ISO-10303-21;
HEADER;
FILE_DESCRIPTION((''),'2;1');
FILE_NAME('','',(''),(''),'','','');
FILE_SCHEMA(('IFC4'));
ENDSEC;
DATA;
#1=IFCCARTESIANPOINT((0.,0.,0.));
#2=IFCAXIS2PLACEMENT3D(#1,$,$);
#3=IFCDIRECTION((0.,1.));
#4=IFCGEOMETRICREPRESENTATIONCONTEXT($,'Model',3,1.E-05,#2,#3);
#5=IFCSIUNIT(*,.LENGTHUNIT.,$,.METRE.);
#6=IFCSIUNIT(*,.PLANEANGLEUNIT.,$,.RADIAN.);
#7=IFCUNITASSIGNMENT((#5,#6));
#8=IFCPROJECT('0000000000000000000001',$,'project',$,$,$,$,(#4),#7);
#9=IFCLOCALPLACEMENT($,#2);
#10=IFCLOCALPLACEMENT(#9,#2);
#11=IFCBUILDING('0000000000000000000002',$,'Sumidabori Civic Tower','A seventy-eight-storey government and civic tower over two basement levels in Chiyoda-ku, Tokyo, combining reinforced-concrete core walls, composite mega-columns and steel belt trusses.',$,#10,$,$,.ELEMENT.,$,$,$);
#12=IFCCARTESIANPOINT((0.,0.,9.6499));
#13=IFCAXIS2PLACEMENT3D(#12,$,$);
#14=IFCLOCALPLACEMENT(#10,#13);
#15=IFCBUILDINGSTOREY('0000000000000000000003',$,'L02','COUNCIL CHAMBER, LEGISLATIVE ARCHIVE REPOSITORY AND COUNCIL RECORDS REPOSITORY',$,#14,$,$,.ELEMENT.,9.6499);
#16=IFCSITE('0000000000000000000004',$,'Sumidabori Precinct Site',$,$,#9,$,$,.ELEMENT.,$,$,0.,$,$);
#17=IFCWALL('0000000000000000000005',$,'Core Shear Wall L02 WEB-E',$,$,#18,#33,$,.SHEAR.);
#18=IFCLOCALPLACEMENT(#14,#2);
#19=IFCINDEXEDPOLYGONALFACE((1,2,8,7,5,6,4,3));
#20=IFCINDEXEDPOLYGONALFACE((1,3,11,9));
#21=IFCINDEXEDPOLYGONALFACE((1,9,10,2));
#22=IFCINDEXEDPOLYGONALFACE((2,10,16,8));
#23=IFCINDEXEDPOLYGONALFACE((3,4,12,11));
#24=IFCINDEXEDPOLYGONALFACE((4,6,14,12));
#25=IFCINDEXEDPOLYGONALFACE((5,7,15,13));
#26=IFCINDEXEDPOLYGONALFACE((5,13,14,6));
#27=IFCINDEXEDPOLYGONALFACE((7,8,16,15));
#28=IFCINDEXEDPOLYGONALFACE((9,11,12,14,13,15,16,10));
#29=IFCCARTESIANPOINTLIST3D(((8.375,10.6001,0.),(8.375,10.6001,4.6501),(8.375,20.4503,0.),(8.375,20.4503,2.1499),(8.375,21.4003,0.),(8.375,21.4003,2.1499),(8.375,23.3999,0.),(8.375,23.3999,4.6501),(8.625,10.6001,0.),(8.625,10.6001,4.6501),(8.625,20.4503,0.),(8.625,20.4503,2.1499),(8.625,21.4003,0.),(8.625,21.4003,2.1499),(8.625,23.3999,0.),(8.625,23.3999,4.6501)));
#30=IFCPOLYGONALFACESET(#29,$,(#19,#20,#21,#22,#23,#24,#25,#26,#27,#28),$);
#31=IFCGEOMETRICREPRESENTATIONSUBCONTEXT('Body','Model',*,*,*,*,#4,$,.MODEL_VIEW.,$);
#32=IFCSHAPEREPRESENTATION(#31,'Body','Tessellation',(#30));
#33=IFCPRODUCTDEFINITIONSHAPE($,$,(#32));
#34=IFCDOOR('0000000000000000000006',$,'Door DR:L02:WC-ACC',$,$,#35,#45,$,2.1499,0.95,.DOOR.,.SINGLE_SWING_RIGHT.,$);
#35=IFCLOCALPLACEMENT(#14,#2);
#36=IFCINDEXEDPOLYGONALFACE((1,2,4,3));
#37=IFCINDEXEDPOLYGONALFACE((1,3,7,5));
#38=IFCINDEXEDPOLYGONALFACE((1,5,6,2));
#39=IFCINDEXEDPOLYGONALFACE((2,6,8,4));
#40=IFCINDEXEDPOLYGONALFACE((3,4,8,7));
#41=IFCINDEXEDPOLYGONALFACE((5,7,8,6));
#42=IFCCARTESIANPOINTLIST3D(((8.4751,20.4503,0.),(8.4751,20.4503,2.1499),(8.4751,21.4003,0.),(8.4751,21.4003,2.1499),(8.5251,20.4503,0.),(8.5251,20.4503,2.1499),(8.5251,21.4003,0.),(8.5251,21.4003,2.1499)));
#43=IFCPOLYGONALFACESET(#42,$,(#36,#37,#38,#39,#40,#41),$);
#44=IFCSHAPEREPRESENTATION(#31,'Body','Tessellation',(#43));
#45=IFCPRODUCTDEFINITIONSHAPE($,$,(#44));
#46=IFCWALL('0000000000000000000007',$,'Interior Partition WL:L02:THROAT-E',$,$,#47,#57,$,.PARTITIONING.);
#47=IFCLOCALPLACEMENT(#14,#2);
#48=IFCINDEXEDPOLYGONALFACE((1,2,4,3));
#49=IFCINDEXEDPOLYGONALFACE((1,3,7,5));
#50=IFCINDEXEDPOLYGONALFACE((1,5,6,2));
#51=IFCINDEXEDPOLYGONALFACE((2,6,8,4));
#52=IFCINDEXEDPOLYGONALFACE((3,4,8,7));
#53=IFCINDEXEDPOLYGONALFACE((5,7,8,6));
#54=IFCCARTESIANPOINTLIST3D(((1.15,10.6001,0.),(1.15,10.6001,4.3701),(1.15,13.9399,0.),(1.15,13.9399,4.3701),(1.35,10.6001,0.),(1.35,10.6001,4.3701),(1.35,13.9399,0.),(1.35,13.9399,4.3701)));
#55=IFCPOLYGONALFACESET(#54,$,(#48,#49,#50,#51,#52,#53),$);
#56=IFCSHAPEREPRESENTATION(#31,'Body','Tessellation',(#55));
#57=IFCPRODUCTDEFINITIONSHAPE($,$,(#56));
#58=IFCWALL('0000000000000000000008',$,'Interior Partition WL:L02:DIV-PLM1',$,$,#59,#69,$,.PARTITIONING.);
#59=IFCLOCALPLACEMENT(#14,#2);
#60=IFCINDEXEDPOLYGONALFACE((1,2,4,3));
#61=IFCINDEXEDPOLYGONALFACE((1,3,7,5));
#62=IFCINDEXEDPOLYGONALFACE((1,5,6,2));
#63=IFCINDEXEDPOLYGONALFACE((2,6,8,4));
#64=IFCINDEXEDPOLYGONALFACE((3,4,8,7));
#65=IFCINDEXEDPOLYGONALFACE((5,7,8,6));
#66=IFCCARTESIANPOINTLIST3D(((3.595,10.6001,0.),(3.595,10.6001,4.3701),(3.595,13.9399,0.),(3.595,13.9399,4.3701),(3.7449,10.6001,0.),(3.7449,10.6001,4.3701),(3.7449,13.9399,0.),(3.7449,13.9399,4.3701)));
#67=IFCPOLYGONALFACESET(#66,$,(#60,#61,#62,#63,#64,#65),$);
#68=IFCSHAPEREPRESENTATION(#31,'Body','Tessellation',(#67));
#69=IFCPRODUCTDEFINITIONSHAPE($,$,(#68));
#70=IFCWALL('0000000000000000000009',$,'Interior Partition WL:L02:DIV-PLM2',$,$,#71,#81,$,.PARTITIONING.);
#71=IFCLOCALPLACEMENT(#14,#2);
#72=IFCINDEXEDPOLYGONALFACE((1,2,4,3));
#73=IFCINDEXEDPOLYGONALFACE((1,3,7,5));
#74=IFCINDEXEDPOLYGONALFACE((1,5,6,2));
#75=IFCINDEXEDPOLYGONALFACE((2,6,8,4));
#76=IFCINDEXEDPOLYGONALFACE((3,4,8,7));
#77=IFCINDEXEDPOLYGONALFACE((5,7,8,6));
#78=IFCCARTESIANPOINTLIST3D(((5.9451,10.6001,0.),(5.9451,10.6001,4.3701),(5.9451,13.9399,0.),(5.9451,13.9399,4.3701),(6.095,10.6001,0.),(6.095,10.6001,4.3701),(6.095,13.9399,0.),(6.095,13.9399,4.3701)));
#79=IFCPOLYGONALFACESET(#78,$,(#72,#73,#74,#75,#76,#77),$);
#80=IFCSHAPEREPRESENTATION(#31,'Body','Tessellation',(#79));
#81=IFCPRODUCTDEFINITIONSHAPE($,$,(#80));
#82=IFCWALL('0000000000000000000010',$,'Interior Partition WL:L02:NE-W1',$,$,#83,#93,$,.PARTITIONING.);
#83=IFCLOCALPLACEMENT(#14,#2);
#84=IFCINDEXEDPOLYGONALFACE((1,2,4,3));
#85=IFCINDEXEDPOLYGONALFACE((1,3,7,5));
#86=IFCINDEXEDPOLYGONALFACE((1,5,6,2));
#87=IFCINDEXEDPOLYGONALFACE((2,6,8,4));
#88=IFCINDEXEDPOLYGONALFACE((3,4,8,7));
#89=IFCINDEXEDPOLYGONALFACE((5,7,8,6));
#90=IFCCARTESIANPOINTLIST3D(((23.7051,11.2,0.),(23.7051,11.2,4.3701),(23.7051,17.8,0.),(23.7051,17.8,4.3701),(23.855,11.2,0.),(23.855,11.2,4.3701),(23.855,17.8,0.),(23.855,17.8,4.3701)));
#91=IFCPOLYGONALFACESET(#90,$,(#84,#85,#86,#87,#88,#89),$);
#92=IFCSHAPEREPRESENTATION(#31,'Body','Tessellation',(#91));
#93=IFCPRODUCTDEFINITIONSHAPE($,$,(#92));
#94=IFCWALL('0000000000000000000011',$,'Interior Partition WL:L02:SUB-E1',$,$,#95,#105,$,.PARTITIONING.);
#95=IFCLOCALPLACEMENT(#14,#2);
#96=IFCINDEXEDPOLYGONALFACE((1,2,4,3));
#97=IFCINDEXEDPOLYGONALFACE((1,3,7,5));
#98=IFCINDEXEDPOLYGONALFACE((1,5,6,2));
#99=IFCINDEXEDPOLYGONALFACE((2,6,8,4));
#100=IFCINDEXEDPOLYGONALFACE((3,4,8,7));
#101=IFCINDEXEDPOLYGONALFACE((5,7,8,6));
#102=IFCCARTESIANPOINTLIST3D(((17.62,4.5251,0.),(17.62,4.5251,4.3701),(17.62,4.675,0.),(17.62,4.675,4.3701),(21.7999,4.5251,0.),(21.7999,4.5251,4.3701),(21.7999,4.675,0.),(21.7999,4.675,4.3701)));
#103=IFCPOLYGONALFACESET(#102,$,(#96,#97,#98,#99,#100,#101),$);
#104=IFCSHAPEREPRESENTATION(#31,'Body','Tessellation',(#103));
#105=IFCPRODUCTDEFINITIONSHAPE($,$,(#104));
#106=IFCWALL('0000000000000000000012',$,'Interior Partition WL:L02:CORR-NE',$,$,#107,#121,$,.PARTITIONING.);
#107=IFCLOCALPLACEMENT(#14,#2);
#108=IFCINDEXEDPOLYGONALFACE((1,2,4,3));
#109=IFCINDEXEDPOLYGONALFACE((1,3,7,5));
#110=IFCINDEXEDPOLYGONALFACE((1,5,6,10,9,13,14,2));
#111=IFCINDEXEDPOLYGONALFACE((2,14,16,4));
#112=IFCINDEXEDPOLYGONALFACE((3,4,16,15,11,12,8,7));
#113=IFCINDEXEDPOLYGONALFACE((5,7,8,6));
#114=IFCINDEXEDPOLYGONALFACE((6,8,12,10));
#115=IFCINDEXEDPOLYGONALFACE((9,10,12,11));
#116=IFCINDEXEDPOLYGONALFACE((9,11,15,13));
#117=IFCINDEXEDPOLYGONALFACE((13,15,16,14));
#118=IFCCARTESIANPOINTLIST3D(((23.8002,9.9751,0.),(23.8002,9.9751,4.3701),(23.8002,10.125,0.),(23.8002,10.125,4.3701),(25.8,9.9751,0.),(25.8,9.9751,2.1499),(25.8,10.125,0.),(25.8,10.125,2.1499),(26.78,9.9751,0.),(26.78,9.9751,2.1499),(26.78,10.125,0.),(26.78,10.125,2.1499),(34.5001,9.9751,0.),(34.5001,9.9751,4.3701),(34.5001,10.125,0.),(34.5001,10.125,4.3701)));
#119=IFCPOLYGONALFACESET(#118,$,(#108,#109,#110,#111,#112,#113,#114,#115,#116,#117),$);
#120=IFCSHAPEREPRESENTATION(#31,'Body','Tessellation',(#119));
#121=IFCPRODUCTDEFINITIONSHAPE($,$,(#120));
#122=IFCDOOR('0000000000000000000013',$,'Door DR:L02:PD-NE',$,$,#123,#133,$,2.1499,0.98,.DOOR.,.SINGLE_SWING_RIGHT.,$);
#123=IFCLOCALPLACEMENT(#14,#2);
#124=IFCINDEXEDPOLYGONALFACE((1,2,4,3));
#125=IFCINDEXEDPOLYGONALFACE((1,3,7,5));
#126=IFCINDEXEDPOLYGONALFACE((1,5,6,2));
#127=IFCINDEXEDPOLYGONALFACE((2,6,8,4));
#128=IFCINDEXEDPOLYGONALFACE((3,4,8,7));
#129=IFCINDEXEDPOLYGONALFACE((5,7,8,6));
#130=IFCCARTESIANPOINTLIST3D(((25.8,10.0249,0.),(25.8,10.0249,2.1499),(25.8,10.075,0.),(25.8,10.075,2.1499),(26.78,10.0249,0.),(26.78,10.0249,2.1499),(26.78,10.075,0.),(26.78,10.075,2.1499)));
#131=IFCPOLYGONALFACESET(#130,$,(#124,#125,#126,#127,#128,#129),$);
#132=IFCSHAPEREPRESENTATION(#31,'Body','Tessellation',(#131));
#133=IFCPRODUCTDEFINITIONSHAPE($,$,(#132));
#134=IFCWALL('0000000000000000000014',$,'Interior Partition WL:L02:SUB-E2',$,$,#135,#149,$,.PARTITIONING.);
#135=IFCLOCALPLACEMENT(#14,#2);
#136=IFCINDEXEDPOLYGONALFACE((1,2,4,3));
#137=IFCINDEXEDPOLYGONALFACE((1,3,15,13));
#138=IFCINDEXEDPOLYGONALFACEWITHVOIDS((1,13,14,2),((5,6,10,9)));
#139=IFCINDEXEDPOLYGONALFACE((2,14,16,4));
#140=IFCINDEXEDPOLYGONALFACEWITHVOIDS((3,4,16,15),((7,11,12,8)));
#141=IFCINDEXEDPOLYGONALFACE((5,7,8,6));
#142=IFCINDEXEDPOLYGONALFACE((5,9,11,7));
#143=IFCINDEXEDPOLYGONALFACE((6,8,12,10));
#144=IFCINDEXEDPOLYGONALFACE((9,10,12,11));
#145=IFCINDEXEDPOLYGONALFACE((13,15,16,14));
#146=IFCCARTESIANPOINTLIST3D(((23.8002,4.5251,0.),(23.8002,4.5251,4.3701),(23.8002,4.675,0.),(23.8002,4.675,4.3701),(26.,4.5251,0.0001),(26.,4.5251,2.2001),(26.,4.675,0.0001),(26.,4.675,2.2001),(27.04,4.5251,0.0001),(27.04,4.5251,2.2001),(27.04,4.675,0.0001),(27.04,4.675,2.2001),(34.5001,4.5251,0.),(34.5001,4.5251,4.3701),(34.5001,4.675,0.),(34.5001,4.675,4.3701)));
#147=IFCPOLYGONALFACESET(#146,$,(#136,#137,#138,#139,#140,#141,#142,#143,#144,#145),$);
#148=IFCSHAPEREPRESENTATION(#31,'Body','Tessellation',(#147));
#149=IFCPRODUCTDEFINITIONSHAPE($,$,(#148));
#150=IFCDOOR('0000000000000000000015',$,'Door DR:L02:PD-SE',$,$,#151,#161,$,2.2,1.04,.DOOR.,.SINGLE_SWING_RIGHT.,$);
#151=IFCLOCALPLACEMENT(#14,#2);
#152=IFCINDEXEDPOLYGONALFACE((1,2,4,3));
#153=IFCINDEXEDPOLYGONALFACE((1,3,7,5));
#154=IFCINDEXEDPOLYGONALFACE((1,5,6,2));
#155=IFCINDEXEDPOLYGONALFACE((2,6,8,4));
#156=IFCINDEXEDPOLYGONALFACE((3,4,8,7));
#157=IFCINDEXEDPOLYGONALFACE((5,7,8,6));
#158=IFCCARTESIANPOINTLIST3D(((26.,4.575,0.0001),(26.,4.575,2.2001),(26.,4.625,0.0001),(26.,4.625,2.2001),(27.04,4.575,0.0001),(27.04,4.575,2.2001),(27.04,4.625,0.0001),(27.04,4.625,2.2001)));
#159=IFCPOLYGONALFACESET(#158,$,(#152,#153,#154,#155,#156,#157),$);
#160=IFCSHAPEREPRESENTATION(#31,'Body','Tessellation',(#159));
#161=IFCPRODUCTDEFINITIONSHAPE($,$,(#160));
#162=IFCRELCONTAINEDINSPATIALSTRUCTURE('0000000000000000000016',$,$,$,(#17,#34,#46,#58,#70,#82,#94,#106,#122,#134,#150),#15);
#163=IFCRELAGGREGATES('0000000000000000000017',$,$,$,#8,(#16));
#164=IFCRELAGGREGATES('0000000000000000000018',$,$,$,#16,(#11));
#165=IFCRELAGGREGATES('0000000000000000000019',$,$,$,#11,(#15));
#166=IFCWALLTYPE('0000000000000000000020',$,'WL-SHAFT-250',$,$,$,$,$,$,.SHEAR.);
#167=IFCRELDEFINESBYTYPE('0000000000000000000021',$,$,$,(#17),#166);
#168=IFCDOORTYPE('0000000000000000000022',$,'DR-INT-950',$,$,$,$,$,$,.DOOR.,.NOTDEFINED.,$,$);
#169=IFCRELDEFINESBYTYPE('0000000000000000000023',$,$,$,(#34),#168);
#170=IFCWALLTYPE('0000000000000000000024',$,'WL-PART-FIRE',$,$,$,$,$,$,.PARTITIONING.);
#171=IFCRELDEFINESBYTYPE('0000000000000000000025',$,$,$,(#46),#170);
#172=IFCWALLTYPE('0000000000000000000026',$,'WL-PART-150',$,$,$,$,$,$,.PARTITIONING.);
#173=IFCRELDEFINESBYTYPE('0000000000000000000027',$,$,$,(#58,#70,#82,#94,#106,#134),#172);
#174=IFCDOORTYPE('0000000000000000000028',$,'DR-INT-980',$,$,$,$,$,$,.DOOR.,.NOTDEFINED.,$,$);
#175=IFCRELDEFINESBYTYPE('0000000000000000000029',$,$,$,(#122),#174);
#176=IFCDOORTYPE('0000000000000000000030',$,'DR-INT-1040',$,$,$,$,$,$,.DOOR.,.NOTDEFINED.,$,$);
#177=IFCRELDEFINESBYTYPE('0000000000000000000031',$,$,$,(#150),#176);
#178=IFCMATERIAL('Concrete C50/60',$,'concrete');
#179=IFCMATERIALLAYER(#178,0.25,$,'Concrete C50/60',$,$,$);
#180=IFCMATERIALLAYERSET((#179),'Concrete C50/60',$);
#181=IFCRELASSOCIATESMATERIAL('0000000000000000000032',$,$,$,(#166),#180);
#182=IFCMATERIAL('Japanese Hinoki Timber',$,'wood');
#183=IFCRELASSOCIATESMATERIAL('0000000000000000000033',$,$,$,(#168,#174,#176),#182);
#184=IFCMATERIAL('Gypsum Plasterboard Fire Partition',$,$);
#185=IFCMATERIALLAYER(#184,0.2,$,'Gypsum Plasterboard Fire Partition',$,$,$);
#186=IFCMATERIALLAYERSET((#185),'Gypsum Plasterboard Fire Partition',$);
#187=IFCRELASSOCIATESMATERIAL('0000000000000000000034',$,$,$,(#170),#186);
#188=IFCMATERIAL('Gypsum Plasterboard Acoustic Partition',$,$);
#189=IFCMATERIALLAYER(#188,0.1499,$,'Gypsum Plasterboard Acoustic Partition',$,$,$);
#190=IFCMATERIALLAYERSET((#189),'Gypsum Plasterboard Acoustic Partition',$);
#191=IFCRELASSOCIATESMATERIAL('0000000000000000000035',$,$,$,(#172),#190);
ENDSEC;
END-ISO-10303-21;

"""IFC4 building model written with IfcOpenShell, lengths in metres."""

from ifc_helpers import new_model, si_unit, direction, frame, frame_2d, origin, place, context, subcontext, project, spatial, rectangle, extrude, source, transform, mapped, material, layer, layer_set, type_object, element, fill, save


model = new_model("IFC4")

# Units and contexts
model_context = context("Model", 3, precision=1e-05, world=origin(), true_north=direction((0.0, 1.0)))
body_context = subcontext(model_context, "Body", "Model", "MODEL_VIEW")
ifc_project = project(units=[si_unit("LENGTHUNIT", "METRE"), si_unit("PLANEANGLEUNIT", "RADIAN")], contexts=[model_context])

# Site, building, storey
site_placement = place(None, origin())
site = spatial("IfcSite", under=ifc_project, at=site_placement, Name="Sumidabori Precinct Site", CompositionType="ELEMENT", RefElevation=0.0)
building_placement = place(site_placement, origin())
building = spatial("IfcBuilding", under=site, at=building_placement, Name="Sumidabori Civic Tower", Description="A seventy-eight-storey government and civic tower over two basement levels in Chiyoda-ku, Tokyo, combining reinforced-concrete core walls, composite mega-columns and steel belt trusses.", CompositionType="ELEMENT")
storey_placement = place(building_placement, frame((0.0, 0.0, 9.6499)))
storey = spatial("IfcBuildingStorey", under=building, at=storey_placement, Name="L02", Description="COUNCIL CHAMBER, LEGISLATIVE ARCHIVE REPOSITORY AND COUNCIL RECORDS REPOSITORY", CompositionType="ELEMENT", Elevation=9.6499)

# Wall, opening, door
ifc_material_1 = material(Name="Concrete C50/60", Category="concrete")
ifc_layer_1 = layer(ifc_material_1, 0.25, Name="Concrete C50/60")
ifc_layer_set_1 = layer_set([ifc_layer_1], Name="Concrete C50/60")
wall_type_1 = type_object("IfcWallType", Name="WL-SHAFT-250", PredefinedType="SHEAR", material=ifc_layer_set_1)
shared_shape_1 = source(origin(), body_context, "Body", "SweptSolid", [
    extrude(rectangle(XDim=12.7998, YDim=0.25, at=frame_2d((6.3999, 0.0))), origin(), (0.0, 0.0, 1.0), 4.6501),
])
wall_1_placement = place(storey_placement, frame((8.5, 10.6001, 0.0), z_axis=(0.0, 0.0, 1.0), x_axis=(0.0, 1.0, 0.0)))
wall_1 = element("IfcWall", 1, at=wall_1_placement, inside=storey, type_object=wall_type_1, Name="Core Shear Wall L02 WEB-E", PredefinedType="SHEAR", context=body_context, shape_type="MappedRepresentation", body=[
    mapped(shared_shape_1, transform((0.0, 0.0, 0.0), x_axis=(1.0, 0.0, 0.0), y_axis=(0.0, 1.0, 0.0), z_axis=(0.0, 0.0, 1.0), scale=1.0)),
])
opening_1_placement = place(wall_1_placement, frame((9.8501, 0.0, 0.0)))
opening_1 = element("IfcOpeningElement", 2, at=opening_1_placement, cuts=wall_1, PredefinedType="OPENING", context=body_context, shape_type="SweptSolid", body=[
    extrude(rectangle(XDim=0.95, YDim=2.1499, at=frame_2d((0.4751, 1.075))), frame((0.0, 0.137, 0.0), z_axis=(0.0, -1.0, 0.0), x_axis=(1.0, 0.0, 0.0)), (0.0, 0.0, 1.0), 0.2739),
])
ifc_material_2 = material(Name="Japanese Hinoki Timber", Category="wood")
door_type_1 = type_object("IfcDoorType", Name="DR-INT-950", OperationType="NOTDEFINED", PredefinedType="DOOR", material=ifc_material_2)
shared_shape_2 = source(origin(), body_context, "Body", "SweptSolid", [
    extrude(rectangle(XDim=0.95, YDim=2.1499, at=frame_2d((0.4751, 1.075))), frame((0.0, 0.0249, 0.0), z_axis=(0.0, -1.0, 0.0), x_axis=(1.0, 0.0, 0.0)), (0.0, 0.0, 1.0), 0.05),
])
door_1_placement = place(opening_1_placement, origin())
door_1 = element("IfcDoor", 3, at=door_1_placement, inside=storey, type_object=door_type_1, Name="Door DR:L02:WC-ACC", OperationType="SINGLE_SWING_RIGHT", OverallHeight=2.1499, OverallWidth=0.95, PredefinedType="DOOR", context=body_context, shape_type="MappedRepresentation", body=[
    mapped(shared_shape_2, transform((0.0, 0.0, 0.0), x_axis=(1.0, 0.0, 0.0), y_axis=(0.0, 1.0, 0.0), z_axis=(0.0, 0.0, 1.0), scale=1.0)),
])
fill(opening_1, door_1)

# Walls
ifc_material_3 = material(Name="Gypsum Plasterboard Fire Partition")
ifc_layer_2 = layer(ifc_material_3, 0.2, Name="Gypsum Plasterboard Fire Partition")
ifc_layer_set_2 = layer_set([ifc_layer_2], Name="Gypsum Plasterboard Fire Partition")
wall_type_2 = type_object("IfcWallType", Name="WL-PART-FIRE", PredefinedType="PARTITIONING", material=ifc_layer_set_2)
shared_shape_3 = source(origin(), body_context, "Body", "SweptSolid", [
    extrude(rectangle(XDim=3.3398, YDim=0.2, at=frame_2d((1.6699, 0.0))), origin(), (0.0, 0.0, 1.0), 4.3701),
])
wall_2_placement = place(storey_placement, frame((1.25, 10.6001, 0.0), z_axis=(0.0, 0.0, 1.0), x_axis=(0.0, 1.0, 0.0)))
element("IfcWall", 4, at=wall_2_placement, inside=storey, type_object=wall_type_2, Name="Interior Partition WL:L02:THROAT-E", PredefinedType="PARTITIONING", context=body_context, shape_type="MappedRepresentation", body=[
    mapped(shared_shape_3, transform((0.0, 0.0, 0.0), x_axis=(1.0, 0.0, 0.0), y_axis=(0.0, 1.0, 0.0), z_axis=(0.0, 0.0, 1.0), scale=1.0)),
])
ifc_material_4 = material(Name="Gypsum Plasterboard Acoustic Partition")
ifc_layer_3 = layer(ifc_material_4, 0.1499, Name="Gypsum Plasterboard Acoustic Partition")
ifc_layer_set_3 = layer_set([ifc_layer_3], Name="Gypsum Plasterboard Acoustic Partition")
wall_type_3 = type_object("IfcWallType", Name="WL-PART-150", PredefinedType="PARTITIONING", material=ifc_layer_set_3)
shared_shape_4 = source(origin(), body_context, "Body", "SweptSolid", [
    extrude(rectangle(XDim=3.3398, YDim=0.1499, at=frame_2d((1.6699, 0.0))), origin(), (0.0, 0.0, 1.0), 4.3701),
])
for number, where, z_axis, x_axis, name in (
    (5, (3.6699, 10.6001, 0.0), (0.0, 0.0, 1.0), (0.0, 1.0, 0.0), "Interior Partition WL:L02:DIV-PLM1"),
    (6, (6.02, 10.6001, 0.0), (0.0, 0.0, 1.0), (0.0, 1.0, 0.0), "Interior Partition WL:L02:DIV-PLM2"),
):
    element("IfcWall", number, at=place(storey_placement, frame(where, z_axis=z_axis, x_axis=x_axis)), inside=storey, type_object=wall_type_3, Name=name, PredefinedType="PARTITIONING", context=body_context, shape_type="MappedRepresentation", body=[
        mapped(shared_shape_4, transform((0.0, 0.0, 0.0), x_axis=(1.0, 0.0, 0.0), y_axis=(0.0, 1.0, 0.0), z_axis=(0.0, 0.0, 1.0), scale=1.0)),
    ])
shared_shape_5 = source(origin(), body_context, "Body", "SweptSolid", [
    extrude(rectangle(XDim=6.6001, YDim=0.1499, at=frame_2d((3.3, 0.0))), origin(), (0.0, 0.0, 1.0), 4.3701),
])
wall_3_placement = place(storey_placement, frame((23.78, 11.2, 0.0), z_axis=(0.0, 0.0, 1.0), x_axis=(0.0, 1.0, 0.0)))
element("IfcWall", 7, at=wall_3_placement, inside=storey, type_object=wall_type_3, Name="Interior Partition WL:L02:NE-W1", PredefinedType="PARTITIONING", context=body_context, shape_type="MappedRepresentation", body=[
    mapped(shared_shape_5, transform((0.0, 0.0, 0.0), x_axis=(1.0, 0.0, 0.0), y_axis=(0.0, 1.0, 0.0), z_axis=(0.0, 0.0, 1.0), scale=1.0)),
])
shared_shape_6 = source(origin(), body_context, "Body", "SweptSolid", [
    extrude(rectangle(XDim=4.1799, YDim=0.1499, at=frame_2d((2.0898, 0.0))), origin(), (0.0, 0.0, 1.0), 4.3701),
])
wall_4_placement = place(storey_placement, frame((17.6201, 4.6001, 0.0), z_axis=(0.0, 0.0, 1.0), x_axis=(1.0, 0.0, 0.0)))
element("IfcWall", 8, at=wall_4_placement, inside=storey, type_object=wall_type_3, Name="Interior Partition WL:L02:SUB-E1", PredefinedType="PARTITIONING", context=body_context, shape_type="MappedRepresentation", body=[
    mapped(shared_shape_6, transform((0.0, 0.0, 0.0), x_axis=(1.0, 0.0, 0.0), y_axis=(0.0, 1.0, 0.0), z_axis=(0.0, 0.0, 1.0), scale=1.0)),
])

# Walls, openings, doors
shared_shape_7 = source(origin(), body_context, "Body", "SweptSolid", [
    extrude(rectangle(XDim=10.7, YDim=0.1499, at=frame_2d((5.3501, 0.0))), origin(), (0.0, 0.0, 1.0), 4.3701),
])
wall_5_placement = place(storey_placement, frame((23.8, 10.05, 0.0), z_axis=(0.0, 0.0, 1.0), x_axis=(1.0, 0.0, 0.0)))
wall_5 = element("IfcWall", 9, at=wall_5_placement, inside=storey, type_object=wall_type_3, Name="Interior Partition WL:L02:CORR-NE", PredefinedType="PARTITIONING", context=body_context, shape_type="MappedRepresentation", body=[
    mapped(shared_shape_7, transform((0.0, 0.0, 0.0), x_axis=(1.0, 0.0, 0.0), y_axis=(0.0, 1.0, 0.0), z_axis=(0.0, 0.0, 1.0), scale=1.0)),
])
opening_2_placement = place(wall_5_placement, frame((2.0, 0.0, 0.0)))
opening_2 = element("IfcOpeningElement", 10, at=opening_2_placement, cuts=wall_5, PredefinedType="OPENING", context=body_context, shape_type="SweptSolid", body=[
    extrude(rectangle(XDim=0.98, YDim=2.1499, at=frame_2d((0.49, 1.075))), frame((0.0, 0.0869, 0.0), z_axis=(0.0, -1.0, 0.0), x_axis=(1.0, 0.0, 0.0)), (0.0, 0.0, 1.0), 0.1738),
])
door_type_2 = type_object("IfcDoorType", Name="DR-INT-980", OperationType="NOTDEFINED", PredefinedType="DOOR", material=ifc_material_2)
shared_shape_8 = source(origin(), body_context, "Body", "SweptSolid", [
    extrude(rectangle(XDim=0.98, YDim=2.1499, at=frame_2d((0.49, 1.075))), frame((0.0, 0.0249, 0.0), z_axis=(0.0, -1.0, 0.0), x_axis=(1.0, 0.0, 0.0)), (0.0, 0.0, 1.0), 0.05),
])
door_2_placement = place(opening_2_placement, origin())
door_2 = element("IfcDoor", 11, at=door_2_placement, inside=storey, type_object=door_type_2, Name="Door DR:L02:PD-NE", OperationType="SINGLE_SWING_RIGHT", OverallHeight=2.1499, OverallWidth=0.98, PredefinedType="DOOR", context=body_context, shape_type="MappedRepresentation", body=[
    mapped(shared_shape_8, transform((0.0, 0.0, 0.0), x_axis=(1.0, 0.0, 0.0), y_axis=(0.0, 1.0, 0.0), z_axis=(0.0, 0.0, 1.0), scale=1.0)),
])
fill(opening_2, door_2)
wall_6_placement = place(storey_placement, frame((23.8, 4.6001, 0.0), z_axis=(0.0, 0.0, 1.0), x_axis=(1.0, 0.0, 0.0)))
wall_6 = element("IfcWall", 12, at=wall_6_placement, inside=storey, type_object=wall_type_3, Name="Interior Partition WL:L02:SUB-E2", PredefinedType="PARTITIONING", context=body_context, shape_type="MappedRepresentation", body=[
    mapped(shared_shape_7, transform((0.0, 0.0, 0.0), x_axis=(1.0, 0.0, 0.0), y_axis=(0.0, 1.0, 0.0), z_axis=(0.0, 0.0, 1.0), scale=1.0)),
])
opening_3_placement = place(wall_6_placement, frame((2.2, 0.0, 0.0)))
opening_3 = element("IfcOpeningElement", 13, at=opening_3_placement, cuts=wall_6, PredefinedType="OPENING", context=body_context, shape_type="SweptSolid", body=[
    extrude(rectangle(XDim=1.04, YDim=2.2, at=frame_2d((0.52, 1.1001))), frame((0.0, 0.0869, 0.0), z_axis=(0.0, -1.0, 0.0), x_axis=(1.0, 0.0, 0.0)), (0.0, 0.0, 1.0), 0.1738),
])
door_type_3 = type_object("IfcDoorType", Name="DR-INT-1040", OperationType="NOTDEFINED", PredefinedType="DOOR", material=ifc_material_2)
shared_shape_9 = source(origin(), body_context, "Body", "SweptSolid", [
    extrude(rectangle(XDim=1.04, YDim=2.2, at=frame_2d((0.52, 1.1001))), frame((0.0, 0.0249, 0.0), z_axis=(0.0, -1.0, 0.0), x_axis=(1.0, 0.0, 0.0)), (0.0, 0.0, 1.0), 0.05),
])
door_3_placement = place(opening_3_placement, origin())
door_3 = element("IfcDoor", 14, at=door_3_placement, inside=storey, type_object=door_type_3, Name="Door DR:L02:PD-SE", OperationType="SINGLE_SWING_RIGHT", OverallHeight=2.2, OverallWidth=1.04, PredefinedType="DOOR", context=body_context, shape_type="MappedRepresentation", body=[
    mapped(shared_shape_9, transform((0.0, 0.0, 0.0), x_axis=(1.0, 0.0, 0.0), y_axis=(0.0, 1.0, 0.0), z_axis=(0.0, 0.0, 1.0), scale=1.0)),
])
fill(opening_3, door_3)

save(model, "model.ifc")
